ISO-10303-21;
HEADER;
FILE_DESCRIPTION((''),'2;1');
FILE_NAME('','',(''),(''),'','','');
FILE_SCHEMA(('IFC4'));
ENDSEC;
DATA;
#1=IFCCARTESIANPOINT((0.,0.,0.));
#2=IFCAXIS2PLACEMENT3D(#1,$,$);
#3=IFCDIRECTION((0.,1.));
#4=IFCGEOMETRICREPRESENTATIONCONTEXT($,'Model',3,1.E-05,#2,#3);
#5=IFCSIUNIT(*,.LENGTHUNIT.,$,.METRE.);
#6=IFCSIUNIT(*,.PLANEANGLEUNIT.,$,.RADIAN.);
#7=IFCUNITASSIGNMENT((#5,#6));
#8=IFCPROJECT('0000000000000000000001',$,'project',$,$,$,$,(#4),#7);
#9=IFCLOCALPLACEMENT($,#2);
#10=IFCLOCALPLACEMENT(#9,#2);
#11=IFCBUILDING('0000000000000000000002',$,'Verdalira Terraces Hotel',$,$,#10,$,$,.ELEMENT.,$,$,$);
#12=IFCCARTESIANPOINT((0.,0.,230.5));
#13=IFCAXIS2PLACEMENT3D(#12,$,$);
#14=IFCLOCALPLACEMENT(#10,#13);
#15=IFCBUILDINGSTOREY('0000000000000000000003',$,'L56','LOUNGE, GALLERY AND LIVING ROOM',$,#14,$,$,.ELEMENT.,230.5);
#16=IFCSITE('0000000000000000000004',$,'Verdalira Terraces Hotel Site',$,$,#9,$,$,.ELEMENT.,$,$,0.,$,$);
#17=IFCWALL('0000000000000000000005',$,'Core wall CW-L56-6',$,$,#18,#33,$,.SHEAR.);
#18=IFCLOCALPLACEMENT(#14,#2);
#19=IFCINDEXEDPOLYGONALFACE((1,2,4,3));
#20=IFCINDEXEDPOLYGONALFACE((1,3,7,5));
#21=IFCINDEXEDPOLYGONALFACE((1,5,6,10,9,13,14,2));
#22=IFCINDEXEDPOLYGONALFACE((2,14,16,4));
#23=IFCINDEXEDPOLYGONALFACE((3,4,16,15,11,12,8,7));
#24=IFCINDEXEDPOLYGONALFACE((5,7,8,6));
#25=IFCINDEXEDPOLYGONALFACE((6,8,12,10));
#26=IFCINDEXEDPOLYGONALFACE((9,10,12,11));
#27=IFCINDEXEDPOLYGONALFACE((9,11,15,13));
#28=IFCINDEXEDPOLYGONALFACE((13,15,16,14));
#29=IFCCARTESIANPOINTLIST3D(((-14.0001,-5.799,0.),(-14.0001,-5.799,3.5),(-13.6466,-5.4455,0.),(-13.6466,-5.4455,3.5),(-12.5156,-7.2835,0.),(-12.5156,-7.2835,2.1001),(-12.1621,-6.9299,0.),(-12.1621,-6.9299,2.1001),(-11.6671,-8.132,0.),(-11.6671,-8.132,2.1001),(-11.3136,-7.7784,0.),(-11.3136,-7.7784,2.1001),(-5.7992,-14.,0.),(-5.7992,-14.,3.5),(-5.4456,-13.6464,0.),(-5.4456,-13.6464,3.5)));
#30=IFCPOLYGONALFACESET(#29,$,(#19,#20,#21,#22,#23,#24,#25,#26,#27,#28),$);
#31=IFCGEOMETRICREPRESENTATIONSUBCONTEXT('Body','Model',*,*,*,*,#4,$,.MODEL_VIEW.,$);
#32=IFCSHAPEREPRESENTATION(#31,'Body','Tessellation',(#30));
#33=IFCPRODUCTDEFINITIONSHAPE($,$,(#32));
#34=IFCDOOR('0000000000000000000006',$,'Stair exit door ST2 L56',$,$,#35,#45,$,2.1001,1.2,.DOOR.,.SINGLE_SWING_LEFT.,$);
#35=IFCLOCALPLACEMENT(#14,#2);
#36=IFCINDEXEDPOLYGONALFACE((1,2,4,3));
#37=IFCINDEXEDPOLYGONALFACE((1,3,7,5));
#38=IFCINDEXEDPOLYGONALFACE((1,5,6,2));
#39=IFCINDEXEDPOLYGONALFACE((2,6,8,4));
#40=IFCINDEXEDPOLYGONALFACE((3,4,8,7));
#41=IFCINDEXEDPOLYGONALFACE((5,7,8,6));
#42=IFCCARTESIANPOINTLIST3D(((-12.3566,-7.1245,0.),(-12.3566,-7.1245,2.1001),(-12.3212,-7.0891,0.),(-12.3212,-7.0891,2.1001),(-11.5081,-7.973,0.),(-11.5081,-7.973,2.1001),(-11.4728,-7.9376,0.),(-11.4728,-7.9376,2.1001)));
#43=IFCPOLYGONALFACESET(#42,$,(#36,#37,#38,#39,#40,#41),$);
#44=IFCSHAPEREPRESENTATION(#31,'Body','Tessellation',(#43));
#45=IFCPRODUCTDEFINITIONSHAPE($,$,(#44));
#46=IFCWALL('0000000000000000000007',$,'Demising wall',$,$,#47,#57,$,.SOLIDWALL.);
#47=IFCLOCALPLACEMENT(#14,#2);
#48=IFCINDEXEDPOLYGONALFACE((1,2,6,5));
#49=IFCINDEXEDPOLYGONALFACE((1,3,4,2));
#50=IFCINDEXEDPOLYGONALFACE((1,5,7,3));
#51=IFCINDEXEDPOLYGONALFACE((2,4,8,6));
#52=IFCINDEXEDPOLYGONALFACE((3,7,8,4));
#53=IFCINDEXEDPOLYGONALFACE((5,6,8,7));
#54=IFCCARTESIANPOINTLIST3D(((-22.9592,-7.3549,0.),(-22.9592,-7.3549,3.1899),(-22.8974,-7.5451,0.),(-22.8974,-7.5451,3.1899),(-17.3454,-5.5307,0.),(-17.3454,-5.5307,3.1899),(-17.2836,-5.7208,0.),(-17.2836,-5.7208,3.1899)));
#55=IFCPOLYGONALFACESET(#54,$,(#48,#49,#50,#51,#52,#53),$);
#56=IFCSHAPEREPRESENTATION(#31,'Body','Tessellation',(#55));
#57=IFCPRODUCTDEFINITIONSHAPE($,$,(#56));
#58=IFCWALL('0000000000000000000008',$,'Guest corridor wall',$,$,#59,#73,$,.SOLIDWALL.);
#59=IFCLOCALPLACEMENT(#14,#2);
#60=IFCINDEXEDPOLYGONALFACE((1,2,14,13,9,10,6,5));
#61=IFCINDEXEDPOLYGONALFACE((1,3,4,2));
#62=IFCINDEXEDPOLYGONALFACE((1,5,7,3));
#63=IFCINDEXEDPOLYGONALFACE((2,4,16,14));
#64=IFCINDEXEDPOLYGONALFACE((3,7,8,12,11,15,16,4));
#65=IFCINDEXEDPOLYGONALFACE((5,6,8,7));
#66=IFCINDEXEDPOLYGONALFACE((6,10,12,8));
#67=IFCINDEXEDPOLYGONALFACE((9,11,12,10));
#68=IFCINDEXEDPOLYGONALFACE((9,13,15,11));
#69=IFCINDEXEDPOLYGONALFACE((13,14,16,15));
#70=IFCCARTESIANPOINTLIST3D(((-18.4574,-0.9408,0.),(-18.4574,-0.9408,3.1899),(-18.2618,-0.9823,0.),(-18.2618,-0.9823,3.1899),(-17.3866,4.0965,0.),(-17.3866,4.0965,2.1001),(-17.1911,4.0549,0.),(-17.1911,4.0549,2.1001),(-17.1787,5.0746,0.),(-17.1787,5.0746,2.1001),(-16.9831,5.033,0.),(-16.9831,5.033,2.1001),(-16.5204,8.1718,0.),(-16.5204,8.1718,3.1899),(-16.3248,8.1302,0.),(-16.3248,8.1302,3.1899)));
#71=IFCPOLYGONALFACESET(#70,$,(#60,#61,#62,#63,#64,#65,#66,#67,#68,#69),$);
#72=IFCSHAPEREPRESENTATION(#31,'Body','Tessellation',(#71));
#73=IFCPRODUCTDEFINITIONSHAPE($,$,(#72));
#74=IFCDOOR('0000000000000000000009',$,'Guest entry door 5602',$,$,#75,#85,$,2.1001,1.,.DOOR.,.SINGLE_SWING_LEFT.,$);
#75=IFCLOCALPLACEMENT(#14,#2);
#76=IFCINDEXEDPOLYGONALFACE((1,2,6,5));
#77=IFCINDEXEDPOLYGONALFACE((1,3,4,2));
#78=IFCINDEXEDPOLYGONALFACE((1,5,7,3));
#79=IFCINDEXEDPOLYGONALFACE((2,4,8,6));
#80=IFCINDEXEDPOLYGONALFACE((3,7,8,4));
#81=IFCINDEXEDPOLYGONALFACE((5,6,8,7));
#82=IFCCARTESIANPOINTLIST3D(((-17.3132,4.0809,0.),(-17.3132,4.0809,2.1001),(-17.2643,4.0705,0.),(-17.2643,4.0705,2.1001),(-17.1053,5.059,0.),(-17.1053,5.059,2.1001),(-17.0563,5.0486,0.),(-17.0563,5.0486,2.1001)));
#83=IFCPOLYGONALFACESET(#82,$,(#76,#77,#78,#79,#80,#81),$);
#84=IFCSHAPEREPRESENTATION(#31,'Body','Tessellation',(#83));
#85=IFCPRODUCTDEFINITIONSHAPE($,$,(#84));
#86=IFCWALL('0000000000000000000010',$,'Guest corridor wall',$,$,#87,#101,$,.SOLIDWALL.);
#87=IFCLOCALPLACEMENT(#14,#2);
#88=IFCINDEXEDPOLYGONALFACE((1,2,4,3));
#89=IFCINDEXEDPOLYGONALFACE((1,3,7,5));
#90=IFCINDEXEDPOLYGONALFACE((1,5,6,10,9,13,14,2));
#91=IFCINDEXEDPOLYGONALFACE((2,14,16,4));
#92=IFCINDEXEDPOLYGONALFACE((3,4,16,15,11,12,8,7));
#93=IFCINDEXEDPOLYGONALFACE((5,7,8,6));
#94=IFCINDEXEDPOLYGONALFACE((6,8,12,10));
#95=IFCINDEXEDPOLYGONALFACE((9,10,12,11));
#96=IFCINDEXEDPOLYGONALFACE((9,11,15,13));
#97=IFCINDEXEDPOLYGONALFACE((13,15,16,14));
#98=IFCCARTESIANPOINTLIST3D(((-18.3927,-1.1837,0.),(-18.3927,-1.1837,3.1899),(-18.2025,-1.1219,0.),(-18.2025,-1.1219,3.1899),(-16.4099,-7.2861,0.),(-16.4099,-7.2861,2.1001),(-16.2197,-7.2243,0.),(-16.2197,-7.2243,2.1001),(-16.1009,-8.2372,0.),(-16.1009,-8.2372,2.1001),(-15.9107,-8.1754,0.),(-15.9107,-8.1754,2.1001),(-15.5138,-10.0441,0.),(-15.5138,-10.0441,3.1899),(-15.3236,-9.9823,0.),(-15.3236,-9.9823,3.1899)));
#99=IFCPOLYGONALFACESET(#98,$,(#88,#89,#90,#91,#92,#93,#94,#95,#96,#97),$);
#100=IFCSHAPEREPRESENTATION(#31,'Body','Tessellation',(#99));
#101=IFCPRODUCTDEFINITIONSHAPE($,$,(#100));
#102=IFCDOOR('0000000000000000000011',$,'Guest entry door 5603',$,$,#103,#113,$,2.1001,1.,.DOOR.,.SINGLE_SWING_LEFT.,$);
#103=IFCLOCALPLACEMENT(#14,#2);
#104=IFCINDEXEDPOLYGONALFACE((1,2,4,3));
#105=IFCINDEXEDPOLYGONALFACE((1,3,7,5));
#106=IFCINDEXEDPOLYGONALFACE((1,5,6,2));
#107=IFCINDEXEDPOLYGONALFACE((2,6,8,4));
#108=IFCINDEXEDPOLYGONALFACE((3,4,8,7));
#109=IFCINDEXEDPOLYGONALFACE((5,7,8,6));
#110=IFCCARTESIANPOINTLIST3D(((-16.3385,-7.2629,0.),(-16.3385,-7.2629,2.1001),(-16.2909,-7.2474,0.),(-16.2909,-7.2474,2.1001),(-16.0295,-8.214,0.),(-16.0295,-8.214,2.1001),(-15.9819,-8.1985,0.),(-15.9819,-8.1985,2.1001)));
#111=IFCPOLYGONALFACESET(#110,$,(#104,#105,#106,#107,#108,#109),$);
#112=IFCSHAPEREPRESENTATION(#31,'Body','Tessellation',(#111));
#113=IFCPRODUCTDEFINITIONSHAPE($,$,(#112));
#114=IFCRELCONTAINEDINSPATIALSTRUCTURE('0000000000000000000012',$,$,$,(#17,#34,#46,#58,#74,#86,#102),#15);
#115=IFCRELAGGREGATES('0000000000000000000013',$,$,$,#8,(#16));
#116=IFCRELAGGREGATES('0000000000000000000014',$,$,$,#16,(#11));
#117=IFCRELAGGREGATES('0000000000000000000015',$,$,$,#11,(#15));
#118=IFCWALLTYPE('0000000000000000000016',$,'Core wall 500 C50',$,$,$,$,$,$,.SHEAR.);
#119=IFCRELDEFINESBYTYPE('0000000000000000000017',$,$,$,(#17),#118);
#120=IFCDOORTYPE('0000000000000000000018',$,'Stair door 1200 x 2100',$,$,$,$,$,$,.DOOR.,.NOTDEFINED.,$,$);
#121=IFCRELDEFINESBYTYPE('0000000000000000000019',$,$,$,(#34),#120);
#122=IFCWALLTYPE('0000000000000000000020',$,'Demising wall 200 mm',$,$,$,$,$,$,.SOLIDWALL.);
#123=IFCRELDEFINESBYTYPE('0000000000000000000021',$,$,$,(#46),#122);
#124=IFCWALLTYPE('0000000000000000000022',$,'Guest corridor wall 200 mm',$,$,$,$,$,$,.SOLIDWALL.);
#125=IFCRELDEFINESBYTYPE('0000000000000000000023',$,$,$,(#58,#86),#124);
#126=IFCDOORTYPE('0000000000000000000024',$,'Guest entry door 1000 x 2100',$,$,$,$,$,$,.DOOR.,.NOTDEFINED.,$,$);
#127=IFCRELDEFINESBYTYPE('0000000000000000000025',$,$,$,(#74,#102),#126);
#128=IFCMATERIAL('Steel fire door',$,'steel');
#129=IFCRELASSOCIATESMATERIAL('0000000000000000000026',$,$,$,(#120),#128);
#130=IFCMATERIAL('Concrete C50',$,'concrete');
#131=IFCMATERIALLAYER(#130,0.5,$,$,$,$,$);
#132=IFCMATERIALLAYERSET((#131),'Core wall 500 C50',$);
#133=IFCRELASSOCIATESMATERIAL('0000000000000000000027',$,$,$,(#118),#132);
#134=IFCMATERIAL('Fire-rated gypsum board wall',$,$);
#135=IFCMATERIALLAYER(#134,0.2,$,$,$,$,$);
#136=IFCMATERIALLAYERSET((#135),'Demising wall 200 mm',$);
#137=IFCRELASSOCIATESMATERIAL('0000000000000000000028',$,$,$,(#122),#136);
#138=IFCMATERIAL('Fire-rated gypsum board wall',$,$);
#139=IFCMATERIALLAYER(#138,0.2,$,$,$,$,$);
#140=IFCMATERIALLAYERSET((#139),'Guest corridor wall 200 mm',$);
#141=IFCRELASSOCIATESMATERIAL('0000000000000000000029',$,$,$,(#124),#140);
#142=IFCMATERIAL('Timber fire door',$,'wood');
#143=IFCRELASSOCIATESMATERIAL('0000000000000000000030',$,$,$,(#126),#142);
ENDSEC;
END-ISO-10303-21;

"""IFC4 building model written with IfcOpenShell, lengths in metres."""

from ifc_helpers import new_model, si_unit, direction, frame, frame_2d, origin, place, context, subcontext, project, spatial, rectangle, extrude, material, layer, layer_set, type_object, element, fill, save


model = new_model("IFC4")

# Units and contexts
model_context = context("Model", 3, precision=1e-05, world=origin(), true_north=direction((0.0, 1.0)))
body_context = subcontext(model_context, "Body", "Model", "MODEL_VIEW")
ifc_project = project(units=[si_unit("LENGTHUNIT", "METRE"), si_unit("PLANEANGLEUNIT", "RADIAN")], contexts=[model_context])

# Site, building, storey
site_placement = place(None, origin())
site = spatial("IfcSite", under=ifc_project, at=site_placement, Name="Verdalira Terraces Hotel Site", CompositionType="ELEMENT", RefElevation=0.0)
building_placement = place(site_placement, origin())
building = spatial("IfcBuilding", under=site, at=building_placement, Name="Verdalira Terraces Hotel", CompositionType="ELEMENT")
storey_placement = place(building_placement, frame((0.0, 0.0, 230.5)))
storey = spatial("IfcBuildingStorey", under=building, at=storey_placement, Name="L56", Description="LOUNGE, GALLERY AND LIVING ROOM", CompositionType="ELEMENT", Elevation=230.5)

# Shared definitions
ifc_material_1 = material(Name="Steel fire door", Category="steel")
door_type_1 = type_object("IfcDoorType", Name="Stair door 1200 x 2100", OperationType="NOTDEFINED", PredefinedType="DOOR", material=ifc_material_1)

# Wall, opening, door
ifc_material_2 = material(Name="Concrete C50", Category="concrete")
ifc_layer_1 = layer(ifc_material_2, 0.5)
ifc_layer_set_1 = layer_set([ifc_layer_1], Name="Core wall 500 C50")
wall_type_1 = type_object("IfcWallType", Name="Core wall 500 C50", PredefinedType="SHEAR", material=ifc_layer_set_1)
wall_1_placement = place(storey_placement, frame((-13.8232, -5.6223, 0.0), z_axis=(0.0, 0.0, 1.0), x_axis=(0.707107, -0.707107, 0.0)))
wall_1 = element("IfcWall", 1, at=wall_1_placement, inside=storey, type_object=wall_type_1, Name="Core wall CW-L56-6", PredefinedType="SHEAR", context=body_context, shape_type="SweptSolid", body=[
    extrude(rectangle(XDim=11.5979, YDim=0.5, at=frame_2d((5.7988, 0.0))), origin(), (0.0, 0.0, 1.0), 3.5),
])
opening_1_placement = place(wall_1_placement, frame((2.0991, 0.0, 0.0)))
opening_1 = element("IfcOpeningElement", 2, at=opening_1_placement, cuts=wall_1, PredefinedType="OPENING", context=body_context, shape_type="SweptSolid", body=[
    extrude(rectangle(XDim=1.2, YDim=2.1001, at=frame_2d((0.6001, 1.05))), frame((0.0, 0.26, 0.0), z_axis=(0.0, -1.0, 0.0), x_axis=(1.0, 0.0, 0.0)), (0.0, 0.0, 1.0), 0.52),
])
door_1_placement = place(opening_1_placement, origin())
door_1 = element("IfcDoor", 3, at=door_1_placement, inside=storey, type_object=door_type_1, Name="Stair exit door ST2 L56", OperationType="SINGLE_SWING_LEFT", OverallHeight=2.1001, OverallWidth=1.2, PredefinedType="DOOR", context=body_context, shape_type="SweptSolid", body=[
    extrude(rectangle(XDim=1.2, YDim=2.1001, at=frame_2d((0.6001, 1.05))), frame((0.0, 0.0249, 0.0), z_axis=(0.0, -1.0, 0.0), x_axis=(1.0, 0.0, 0.0)), (0.0, 0.0, 1.0), 0.05),
])
fill(opening_1, door_1)

# Wall
ifc_material_3 = material(Name="Fire-rated gypsum board wall")
ifc_layer_2 = layer(ifc_material_3, 0.2)
ifc_layer_set_2 = layer_set([ifc_layer_2], Name="Demising wall 200 mm")
wall_type_2 = type_object("IfcWallType", Name="Demising wall 200 mm", PredefinedType="SOLIDWALL", material=ifc_layer_set_2)
wall_2_placement = place(storey_placement, frame((-17.3145, -5.6257, 0.0), z_axis=(0.0, 0.0, 1.0), x_axis=(-0.951047, -0.309047, 0.0)))
element("IfcWall", 4, at=wall_2_placement, inside=storey, type_object=wall_type_2, Name="Demising wall", PredefinedType="SOLIDWALL", context=body_context, shape_type="SweptSolid", body=[
    extrude(rectangle(XDim=5.9028, YDim=0.2, at=frame_2d((2.9514, 0.0))), origin(), (0.0, 0.0, 1.0), 3.1899),
])

# Walls, openings, doors
ifc_material_4 = material(Name="Fire-rated gypsum board wall")
ifc_layer_3 = layer(ifc_material_4, 0.2)
ifc_layer_set_3 = layer_set([ifc_layer_3], Name="Guest corridor wall 200 mm")
wall_type_3 = type_object("IfcWallType", Name="Guest corridor wall 200 mm", PredefinedType="SOLIDWALL", material=ifc_layer_set_3)
wall_3_placement = place(storey_placement, frame((-18.3596, -0.9617, 0.0), z_axis=(0.0, 0.0, 1.0), x_axis=(0.20792, 0.978146, 0.0)))
wall_3 = element("IfcWall", 5, at=wall_3_placement, inside=storey, type_object=wall_type_3, Name="Guest corridor wall", PredefinedType="SOLIDWALL", context=body_context, shape_type="SweptSolid", body=[
    extrude(rectangle(XDim=9.3162, YDim=0.2, at=frame_2d((4.6582, 0.0))), origin(), (0.0, 0.0, 1.0), 3.1899),
])
opening_2_placement = place(wall_3_placement, frame((5.1499, 0.0, 0.0)))
opening_2 = element("IfcOpeningElement", 6, at=opening_2_placement, cuts=wall_3, PredefinedType="OPENING", context=body_context, shape_type="SweptSolid", body=[
    extrude(rectangle(XDim=1.0, YDim=2.1001, at=frame_2d((0.5, 1.05))), frame((0.0, 0.1099, 0.0), z_axis=(0.0, -1.0, 0.0), x_axis=(1.0, 0.0, 0.0)), (0.0, 0.0, 1.0), 0.22),
])
ifc_material_5 = material(Name="Timber fire door", Category="wood")
door_type_2 = type_object("IfcDoorType", Name="Guest entry door 1000 x 2100", OperationType="NOTDEFINED", PredefinedType="DOOR", material=ifc_material_5)
door_2_placement = place(opening_2_placement, origin())
door_2 = element("IfcDoor", 7, at=door_2_placement, inside=storey, type_object=door_type_2, Name="Guest entry door 5602", OperationType="SINGLE_SWING_LEFT", OverallHeight=2.1001, OverallWidth=1.0, PredefinedType="DOOR", context=body_context, shape_type="SweptSolid", body=[
    extrude(rectangle(XDim=1.0, YDim=2.1001, at=frame_2d((0.5, 1.05))), frame((0.0, 0.0249, 0.0), z_axis=(0.0, -1.0, 0.0), x_axis=(1.0, 0.0, 0.0)), (0.0, 0.0, 1.0), 0.05),
])
fill(opening_2, door_2)
wall_4_placement = place(storey_placement, frame((-15.4187, -10.0132, 0.0), z_axis=(0.0, 0.0, 1.0), x_axis=(-0.309017, 0.951056, 0.0)))
wall_4 = element("IfcWall", 8, at=wall_4_placement, inside=storey, type_object=wall_type_3, Name="Guest corridor wall", PredefinedType="SOLIDWALL", context=body_context, shape_type="SweptSolid", body=[
    extrude(rectangle(XDim=9.3164, YDim=0.2, at=frame_2d((4.6582, 0.0))), origin(), (0.0, 0.0, 1.0), 3.1899),
])
opening_3_placement = place(wall_4_placement, frame((1.8999, 0.0, 0.0)))
opening_3 = element("IfcOpeningElement", 9, at=opening_3_placement, cuts=wall_4, PredefinedType="OPENING", context=body_context, shape_type="SweptSolid", body=[
    extrude(rectangle(XDim=1.0, YDim=2.1001, at=frame_2d((0.5, 1.05))), frame((0.0, 0.1099, 0.0), z_axis=(0.0, -1.0, 0.0), x_axis=(1.0, 0.0, 0.0)), (0.0, 0.0, 1.0), 0.22),
])
door_3_placement = place(opening_3_placement, origin())
door_3 = element("IfcDoor", 10, at=door_3_placement, inside=storey, type_object=door_type_2, Name="Guest entry door 5603", OperationType="SINGLE_SWING_LEFT", OverallHeight=2.1001, OverallWidth=1.0, PredefinedType="DOOR", context=body_context, shape_type="SweptSolid", body=[
    extrude(rectangle(XDim=1.0, YDim=2.1001, at=frame_2d((0.5, 1.05))), frame((0.0, 0.0249, 0.0), z_axis=(0.0, -1.0, 0.0), x_axis=(1.0, 0.0, 0.0)), (0.0, 0.0, 1.0), 0.05),
])
fill(opening_3, door_3)

save(model, "model.ifc")
